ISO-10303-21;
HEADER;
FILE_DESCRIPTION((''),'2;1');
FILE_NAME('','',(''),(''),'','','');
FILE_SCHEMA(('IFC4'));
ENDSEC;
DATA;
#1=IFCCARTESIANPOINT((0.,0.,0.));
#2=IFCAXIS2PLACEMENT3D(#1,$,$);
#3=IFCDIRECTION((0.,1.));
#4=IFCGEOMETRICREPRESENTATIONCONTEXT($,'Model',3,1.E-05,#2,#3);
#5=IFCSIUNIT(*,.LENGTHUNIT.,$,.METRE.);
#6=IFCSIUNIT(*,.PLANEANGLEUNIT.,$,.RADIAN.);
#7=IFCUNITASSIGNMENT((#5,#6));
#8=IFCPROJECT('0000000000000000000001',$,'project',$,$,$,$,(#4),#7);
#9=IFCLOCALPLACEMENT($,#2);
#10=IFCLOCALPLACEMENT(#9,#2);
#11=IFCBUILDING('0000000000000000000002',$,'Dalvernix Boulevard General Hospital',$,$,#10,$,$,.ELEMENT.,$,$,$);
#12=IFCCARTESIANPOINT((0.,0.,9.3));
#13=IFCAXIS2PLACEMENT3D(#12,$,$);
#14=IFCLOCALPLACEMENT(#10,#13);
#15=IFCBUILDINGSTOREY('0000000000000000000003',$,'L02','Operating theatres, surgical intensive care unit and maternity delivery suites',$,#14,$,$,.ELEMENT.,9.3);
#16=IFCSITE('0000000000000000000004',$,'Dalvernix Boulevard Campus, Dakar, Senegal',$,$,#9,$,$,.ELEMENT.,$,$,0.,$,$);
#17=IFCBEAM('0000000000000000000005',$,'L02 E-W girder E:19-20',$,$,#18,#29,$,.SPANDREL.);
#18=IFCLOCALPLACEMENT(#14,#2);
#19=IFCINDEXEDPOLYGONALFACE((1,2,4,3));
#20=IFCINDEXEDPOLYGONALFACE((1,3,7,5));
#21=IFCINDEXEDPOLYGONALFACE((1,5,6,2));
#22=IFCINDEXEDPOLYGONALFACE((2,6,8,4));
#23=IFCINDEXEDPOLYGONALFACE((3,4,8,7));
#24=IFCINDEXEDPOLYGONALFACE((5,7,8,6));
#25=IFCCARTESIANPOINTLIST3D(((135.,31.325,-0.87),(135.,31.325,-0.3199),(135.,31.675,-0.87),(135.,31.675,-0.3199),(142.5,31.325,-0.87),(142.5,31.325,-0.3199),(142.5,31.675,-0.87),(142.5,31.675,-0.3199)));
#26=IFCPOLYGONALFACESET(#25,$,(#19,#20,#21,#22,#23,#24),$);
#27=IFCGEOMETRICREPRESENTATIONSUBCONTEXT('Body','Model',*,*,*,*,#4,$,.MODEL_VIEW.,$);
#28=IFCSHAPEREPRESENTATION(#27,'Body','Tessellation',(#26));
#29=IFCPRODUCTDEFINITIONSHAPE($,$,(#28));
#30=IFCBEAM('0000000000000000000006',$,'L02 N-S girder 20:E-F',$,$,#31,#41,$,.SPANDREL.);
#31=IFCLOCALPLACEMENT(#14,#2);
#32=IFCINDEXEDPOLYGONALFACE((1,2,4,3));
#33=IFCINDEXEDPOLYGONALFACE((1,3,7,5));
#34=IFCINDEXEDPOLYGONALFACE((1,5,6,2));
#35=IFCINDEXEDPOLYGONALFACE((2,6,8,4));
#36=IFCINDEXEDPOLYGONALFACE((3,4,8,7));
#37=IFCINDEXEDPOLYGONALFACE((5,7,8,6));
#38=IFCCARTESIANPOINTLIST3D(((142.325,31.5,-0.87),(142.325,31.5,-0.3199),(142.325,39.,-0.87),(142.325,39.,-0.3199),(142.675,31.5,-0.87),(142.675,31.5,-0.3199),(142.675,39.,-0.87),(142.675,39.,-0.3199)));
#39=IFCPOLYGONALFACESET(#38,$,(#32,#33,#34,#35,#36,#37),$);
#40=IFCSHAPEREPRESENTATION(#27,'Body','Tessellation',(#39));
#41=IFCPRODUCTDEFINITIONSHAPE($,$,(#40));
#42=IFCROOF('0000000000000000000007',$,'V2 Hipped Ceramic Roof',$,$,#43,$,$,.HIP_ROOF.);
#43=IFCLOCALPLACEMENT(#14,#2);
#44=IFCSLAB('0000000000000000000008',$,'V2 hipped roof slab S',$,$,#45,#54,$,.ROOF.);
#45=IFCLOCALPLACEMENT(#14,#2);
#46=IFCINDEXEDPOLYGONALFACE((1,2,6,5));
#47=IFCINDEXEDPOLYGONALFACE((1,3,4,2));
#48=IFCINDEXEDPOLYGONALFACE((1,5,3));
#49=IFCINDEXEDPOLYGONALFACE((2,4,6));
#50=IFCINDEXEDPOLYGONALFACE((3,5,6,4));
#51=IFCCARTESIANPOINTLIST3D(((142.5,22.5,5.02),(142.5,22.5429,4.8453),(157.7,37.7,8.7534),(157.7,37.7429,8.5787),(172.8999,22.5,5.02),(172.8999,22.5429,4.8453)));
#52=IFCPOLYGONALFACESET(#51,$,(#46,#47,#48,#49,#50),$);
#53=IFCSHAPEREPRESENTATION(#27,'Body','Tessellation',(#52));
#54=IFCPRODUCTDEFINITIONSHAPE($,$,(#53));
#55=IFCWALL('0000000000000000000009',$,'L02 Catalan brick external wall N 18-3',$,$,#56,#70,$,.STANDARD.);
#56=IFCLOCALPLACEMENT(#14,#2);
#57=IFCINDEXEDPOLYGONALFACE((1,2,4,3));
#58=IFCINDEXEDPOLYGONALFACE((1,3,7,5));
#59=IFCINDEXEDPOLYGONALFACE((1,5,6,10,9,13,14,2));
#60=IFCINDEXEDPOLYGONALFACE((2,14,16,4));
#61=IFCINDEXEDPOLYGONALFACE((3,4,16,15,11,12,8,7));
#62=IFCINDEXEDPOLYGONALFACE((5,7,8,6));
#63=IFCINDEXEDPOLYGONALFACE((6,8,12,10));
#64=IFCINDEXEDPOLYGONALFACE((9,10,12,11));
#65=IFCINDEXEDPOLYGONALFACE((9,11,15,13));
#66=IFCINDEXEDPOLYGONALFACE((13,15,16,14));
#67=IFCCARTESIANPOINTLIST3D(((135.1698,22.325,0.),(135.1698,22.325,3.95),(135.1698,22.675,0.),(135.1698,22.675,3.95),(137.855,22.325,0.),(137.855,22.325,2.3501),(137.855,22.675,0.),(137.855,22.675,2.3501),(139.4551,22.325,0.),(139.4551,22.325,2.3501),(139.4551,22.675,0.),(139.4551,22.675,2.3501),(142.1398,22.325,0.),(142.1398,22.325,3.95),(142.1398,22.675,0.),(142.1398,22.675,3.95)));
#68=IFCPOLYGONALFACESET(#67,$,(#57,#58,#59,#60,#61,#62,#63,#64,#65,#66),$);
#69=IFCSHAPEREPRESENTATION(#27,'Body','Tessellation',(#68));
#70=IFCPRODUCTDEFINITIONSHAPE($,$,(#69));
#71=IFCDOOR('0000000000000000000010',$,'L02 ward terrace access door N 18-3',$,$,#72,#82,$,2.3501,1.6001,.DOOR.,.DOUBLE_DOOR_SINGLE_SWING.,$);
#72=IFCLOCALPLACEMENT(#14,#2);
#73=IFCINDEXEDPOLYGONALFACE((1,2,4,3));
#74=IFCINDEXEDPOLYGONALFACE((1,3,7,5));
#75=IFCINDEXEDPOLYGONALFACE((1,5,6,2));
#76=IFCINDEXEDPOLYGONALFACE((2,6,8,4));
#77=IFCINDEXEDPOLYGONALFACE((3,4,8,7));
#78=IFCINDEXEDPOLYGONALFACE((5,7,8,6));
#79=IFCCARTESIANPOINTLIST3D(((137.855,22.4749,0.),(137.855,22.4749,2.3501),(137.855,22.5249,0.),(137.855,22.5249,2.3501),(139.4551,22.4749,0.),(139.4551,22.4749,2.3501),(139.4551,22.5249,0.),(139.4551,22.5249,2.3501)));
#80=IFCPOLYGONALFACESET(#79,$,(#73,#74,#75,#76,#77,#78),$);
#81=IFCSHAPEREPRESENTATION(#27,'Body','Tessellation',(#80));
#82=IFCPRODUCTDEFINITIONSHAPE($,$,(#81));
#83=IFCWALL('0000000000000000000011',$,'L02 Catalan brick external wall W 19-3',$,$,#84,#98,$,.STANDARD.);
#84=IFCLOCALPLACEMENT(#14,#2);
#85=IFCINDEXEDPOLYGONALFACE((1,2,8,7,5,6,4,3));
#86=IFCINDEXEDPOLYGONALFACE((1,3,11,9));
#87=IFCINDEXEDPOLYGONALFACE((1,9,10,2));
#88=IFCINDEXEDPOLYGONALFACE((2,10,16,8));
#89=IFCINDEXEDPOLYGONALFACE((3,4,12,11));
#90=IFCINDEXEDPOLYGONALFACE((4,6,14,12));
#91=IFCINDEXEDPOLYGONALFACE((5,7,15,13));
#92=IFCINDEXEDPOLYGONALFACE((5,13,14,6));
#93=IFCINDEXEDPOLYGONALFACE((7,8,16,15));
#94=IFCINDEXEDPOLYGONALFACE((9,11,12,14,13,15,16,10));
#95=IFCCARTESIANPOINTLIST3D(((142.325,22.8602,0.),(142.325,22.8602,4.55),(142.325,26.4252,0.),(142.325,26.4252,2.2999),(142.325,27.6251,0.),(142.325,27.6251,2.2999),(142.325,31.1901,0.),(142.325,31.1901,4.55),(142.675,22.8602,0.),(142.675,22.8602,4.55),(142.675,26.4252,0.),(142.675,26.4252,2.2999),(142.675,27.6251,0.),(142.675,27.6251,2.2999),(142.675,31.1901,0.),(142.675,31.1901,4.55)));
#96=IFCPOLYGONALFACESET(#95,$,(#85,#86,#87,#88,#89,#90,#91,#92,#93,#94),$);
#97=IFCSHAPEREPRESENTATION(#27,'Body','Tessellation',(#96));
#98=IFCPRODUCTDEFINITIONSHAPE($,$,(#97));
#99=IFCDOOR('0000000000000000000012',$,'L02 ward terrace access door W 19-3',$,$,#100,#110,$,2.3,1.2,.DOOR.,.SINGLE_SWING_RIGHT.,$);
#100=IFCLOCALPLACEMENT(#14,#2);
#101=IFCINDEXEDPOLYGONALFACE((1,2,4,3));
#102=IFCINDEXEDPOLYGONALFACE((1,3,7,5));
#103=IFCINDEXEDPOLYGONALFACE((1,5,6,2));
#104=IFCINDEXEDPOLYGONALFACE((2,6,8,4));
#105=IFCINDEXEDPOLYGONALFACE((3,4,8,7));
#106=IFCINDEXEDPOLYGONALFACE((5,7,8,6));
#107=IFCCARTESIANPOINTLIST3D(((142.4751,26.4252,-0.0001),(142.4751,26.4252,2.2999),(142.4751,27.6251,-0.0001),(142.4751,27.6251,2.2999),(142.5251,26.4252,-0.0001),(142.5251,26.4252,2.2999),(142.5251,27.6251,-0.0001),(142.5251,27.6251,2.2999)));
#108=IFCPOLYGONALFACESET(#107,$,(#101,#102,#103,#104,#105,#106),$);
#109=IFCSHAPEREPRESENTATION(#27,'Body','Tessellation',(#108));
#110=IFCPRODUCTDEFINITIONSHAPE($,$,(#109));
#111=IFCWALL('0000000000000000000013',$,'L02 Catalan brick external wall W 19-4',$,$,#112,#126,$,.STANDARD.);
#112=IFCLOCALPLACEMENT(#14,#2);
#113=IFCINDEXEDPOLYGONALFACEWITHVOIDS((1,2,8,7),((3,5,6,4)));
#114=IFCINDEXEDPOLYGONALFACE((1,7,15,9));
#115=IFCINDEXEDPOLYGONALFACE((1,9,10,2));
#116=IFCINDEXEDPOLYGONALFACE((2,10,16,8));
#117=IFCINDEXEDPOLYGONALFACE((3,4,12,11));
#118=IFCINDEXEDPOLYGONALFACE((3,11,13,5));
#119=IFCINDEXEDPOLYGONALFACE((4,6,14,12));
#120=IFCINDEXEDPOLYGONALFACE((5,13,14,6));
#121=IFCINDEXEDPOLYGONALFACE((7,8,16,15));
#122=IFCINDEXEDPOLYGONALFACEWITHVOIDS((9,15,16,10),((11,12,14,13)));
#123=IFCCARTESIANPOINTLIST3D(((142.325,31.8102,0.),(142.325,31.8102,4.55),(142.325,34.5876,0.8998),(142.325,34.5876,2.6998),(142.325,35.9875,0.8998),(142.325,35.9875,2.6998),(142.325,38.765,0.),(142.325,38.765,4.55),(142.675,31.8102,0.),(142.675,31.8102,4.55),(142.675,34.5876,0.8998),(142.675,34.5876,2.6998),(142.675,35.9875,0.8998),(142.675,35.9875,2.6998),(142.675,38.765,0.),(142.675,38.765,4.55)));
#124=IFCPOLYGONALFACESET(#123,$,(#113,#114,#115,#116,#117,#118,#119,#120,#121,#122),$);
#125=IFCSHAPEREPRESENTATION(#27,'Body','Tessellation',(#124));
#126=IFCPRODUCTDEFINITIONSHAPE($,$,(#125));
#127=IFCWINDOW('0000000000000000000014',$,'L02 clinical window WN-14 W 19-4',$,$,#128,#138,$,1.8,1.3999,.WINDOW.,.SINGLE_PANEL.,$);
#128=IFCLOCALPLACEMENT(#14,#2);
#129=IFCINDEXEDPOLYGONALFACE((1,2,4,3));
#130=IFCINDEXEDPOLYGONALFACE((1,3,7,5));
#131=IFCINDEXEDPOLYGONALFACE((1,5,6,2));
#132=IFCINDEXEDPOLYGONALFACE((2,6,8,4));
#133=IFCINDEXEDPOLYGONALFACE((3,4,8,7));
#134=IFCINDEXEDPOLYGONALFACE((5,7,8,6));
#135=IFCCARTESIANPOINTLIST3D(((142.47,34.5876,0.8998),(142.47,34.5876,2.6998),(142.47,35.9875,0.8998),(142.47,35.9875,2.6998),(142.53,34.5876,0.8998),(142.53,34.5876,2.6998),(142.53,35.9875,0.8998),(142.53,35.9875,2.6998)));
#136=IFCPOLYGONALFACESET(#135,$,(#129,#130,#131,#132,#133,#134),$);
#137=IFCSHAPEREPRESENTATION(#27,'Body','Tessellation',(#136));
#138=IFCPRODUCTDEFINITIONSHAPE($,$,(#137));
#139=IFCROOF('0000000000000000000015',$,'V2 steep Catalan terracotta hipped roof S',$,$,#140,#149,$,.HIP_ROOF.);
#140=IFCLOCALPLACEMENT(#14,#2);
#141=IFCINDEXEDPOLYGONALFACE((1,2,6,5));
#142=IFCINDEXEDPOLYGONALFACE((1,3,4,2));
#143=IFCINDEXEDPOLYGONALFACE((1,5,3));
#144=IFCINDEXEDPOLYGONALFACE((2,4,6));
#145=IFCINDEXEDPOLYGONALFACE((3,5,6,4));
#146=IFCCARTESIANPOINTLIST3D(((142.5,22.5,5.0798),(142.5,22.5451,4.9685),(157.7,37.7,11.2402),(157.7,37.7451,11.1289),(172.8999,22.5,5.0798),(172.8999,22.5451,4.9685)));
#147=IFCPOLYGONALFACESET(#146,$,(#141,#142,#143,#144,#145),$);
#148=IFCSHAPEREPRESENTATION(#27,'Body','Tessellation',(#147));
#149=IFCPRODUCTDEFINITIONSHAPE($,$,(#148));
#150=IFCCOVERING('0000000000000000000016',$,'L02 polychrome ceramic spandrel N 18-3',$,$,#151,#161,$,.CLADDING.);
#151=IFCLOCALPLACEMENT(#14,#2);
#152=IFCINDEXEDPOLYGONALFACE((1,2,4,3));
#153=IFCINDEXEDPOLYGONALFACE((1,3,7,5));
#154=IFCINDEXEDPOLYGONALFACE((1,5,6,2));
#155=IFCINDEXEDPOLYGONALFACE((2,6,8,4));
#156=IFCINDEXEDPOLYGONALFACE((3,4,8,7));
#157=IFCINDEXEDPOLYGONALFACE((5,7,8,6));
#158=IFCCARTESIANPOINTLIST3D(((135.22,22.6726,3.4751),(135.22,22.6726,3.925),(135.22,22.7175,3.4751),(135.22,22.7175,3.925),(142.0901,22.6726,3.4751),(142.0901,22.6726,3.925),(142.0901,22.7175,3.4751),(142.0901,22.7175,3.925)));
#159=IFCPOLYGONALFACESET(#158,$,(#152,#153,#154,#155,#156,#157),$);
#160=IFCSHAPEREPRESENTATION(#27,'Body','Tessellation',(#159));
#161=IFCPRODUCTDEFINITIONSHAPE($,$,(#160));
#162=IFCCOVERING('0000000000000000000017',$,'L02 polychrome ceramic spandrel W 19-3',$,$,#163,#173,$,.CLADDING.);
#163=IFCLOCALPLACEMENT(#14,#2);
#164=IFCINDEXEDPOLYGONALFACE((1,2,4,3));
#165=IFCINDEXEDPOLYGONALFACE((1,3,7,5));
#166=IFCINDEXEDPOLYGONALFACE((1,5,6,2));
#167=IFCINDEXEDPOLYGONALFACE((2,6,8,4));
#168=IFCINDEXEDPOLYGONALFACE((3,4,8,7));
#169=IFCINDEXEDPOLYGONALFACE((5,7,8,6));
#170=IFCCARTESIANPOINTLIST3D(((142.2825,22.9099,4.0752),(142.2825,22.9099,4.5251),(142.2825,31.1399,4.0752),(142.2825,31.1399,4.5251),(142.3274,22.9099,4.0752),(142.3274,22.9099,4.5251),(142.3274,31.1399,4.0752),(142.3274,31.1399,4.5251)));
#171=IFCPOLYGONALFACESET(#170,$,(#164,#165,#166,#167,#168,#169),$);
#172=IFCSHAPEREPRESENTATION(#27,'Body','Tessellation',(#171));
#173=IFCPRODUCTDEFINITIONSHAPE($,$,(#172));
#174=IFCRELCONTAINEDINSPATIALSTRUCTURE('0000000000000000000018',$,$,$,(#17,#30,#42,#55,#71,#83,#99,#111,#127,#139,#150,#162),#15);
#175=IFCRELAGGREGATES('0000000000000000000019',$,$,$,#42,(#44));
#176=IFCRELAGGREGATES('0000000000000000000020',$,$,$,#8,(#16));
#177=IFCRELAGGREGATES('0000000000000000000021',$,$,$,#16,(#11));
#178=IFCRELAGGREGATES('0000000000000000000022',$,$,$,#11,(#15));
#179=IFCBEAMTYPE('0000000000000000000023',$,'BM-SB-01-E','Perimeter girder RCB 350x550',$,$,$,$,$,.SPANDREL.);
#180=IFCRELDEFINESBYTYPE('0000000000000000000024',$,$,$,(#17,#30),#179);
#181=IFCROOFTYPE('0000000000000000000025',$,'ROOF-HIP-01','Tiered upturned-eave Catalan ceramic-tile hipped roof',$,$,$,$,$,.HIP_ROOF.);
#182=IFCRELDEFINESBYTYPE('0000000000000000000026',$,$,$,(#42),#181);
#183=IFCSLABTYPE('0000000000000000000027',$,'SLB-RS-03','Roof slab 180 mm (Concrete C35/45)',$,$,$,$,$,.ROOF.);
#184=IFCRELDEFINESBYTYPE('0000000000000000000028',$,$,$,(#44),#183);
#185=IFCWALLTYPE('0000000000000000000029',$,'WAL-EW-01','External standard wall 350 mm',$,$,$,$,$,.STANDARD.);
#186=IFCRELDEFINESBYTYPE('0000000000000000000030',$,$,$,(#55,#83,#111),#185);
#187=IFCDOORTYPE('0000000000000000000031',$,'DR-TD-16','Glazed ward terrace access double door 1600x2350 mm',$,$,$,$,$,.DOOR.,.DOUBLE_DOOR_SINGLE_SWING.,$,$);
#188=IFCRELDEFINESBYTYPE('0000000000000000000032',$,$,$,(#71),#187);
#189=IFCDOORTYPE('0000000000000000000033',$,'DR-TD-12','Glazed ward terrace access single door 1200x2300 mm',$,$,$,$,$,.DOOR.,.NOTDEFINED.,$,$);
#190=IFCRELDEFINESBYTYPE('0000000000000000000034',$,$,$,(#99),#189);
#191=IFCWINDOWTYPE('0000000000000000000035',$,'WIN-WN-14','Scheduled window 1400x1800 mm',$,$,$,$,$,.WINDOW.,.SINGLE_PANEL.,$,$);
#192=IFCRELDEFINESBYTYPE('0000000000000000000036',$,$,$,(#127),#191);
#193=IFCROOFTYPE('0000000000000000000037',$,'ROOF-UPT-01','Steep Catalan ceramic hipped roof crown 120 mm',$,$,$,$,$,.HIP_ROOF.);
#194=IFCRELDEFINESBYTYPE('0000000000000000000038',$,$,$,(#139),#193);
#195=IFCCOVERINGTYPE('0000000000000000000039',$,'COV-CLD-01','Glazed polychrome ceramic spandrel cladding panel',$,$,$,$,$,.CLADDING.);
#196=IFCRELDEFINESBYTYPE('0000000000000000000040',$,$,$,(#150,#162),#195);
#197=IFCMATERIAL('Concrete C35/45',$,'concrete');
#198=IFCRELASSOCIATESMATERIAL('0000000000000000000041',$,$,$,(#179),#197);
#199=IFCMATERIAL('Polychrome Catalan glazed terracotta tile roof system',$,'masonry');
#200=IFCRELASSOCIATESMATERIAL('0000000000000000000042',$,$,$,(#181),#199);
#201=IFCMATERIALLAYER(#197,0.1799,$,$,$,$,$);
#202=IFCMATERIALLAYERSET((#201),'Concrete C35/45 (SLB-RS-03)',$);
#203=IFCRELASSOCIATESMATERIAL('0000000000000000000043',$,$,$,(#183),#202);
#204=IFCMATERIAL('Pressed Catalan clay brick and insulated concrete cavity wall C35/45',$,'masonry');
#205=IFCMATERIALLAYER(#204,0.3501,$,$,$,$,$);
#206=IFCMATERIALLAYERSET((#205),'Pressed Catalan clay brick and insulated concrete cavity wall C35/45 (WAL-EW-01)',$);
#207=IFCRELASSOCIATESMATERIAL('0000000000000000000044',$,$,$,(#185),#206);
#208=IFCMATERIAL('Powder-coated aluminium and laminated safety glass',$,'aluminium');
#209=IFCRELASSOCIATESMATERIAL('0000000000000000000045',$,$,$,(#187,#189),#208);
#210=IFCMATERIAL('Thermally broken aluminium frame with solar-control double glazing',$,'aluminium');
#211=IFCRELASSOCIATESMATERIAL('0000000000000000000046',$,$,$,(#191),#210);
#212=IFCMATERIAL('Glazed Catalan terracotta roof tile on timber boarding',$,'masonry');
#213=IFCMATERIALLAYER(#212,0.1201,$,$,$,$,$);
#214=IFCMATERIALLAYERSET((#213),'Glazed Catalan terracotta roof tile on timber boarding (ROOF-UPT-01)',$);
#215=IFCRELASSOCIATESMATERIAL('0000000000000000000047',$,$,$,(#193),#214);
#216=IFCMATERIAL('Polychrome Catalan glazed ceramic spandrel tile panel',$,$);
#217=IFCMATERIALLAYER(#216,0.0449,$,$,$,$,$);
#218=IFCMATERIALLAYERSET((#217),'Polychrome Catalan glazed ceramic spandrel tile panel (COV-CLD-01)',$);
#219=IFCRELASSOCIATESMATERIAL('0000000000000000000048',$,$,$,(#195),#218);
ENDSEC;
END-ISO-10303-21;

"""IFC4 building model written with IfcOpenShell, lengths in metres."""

from ifc_helpers import new_model, si_unit, direction, frame, frame_2d, origin, origin_2d, place, context, subcontext, project, spatial, polyline, rectangle, outline, extrude, material, layer, layer_set, material_profile, profile_set, type_object, element, fill, aggregate, save


model = new_model("IFC4")

# Units and contexts
model_context = context("Model", 3, precision=1e-05, world=origin(), true_north=direction((0.0, 1.0)))
body_context = subcontext(model_context, "Body", "Model", "MODEL_VIEW")
ifc_project = project(units=[si_unit("LENGTHUNIT", "METRE"), si_unit("PLANEANGLEUNIT", "RADIAN")], contexts=[model_context])

# Site, building, storey
site_placement = place(None, origin())
site = spatial("IfcSite", under=ifc_project, at=site_placement, Name="Dalvernix Boulevard Campus, Dakar, Senegal", CompositionType="ELEMENT", RefElevation=0.0)
building_placement = place(site_placement, origin())
building = spatial("IfcBuilding", under=site, at=building_placement, Name="Dalvernix Boulevard General Hospital", CompositionType="ELEMENT")
storey_placement = place(building_placement, frame((0.0, 0.0, 9.3)))
storey = spatial("IfcBuildingStorey", under=building, at=storey_placement, Name="L02", Description="Operating theatres, surgical intensive care unit and maternity delivery suites", CompositionType="ELEMENT", Elevation=9.3)

# Beams
ifc_material_1 = material(Name="Concrete C35/45", Category="concrete")
ifc_material_profile_1 = material_profile(ifc_material_1, rectangle(XDim=0.3501, YDim=0.55, at=origin_2d()), Name="RCB 350x550")
ifc_profile_set_1 = profile_set([ifc_material_profile_1], Name="Concrete C35/45")
beam_type_1 = type_object("IfcBeamType", Name="BM-SB-01-E", Description="Perimeter girder RCB 350x550", PredefinedType="SPANDREL", material=ifc_profile_set_1)
for number, where, z_axis, x_axis, name in (
    (1, (135.0, 31.5, -0.595), (1.0, 0.0, 0.0), (0.0, 1.0, 0.0), "L02 E-W girder E:19-20"),
    (2, (142.5, 31.5, -0.595), (0.0, 1.0, 0.0), (-1.0, 0.0, 0.0), "L02 N-S girder 20:E-F"),
):
    element("IfcBeam", number, at=place(storey_placement, frame(where, z_axis=z_axis, x_axis=x_axis)), inside=storey, type_object=beam_type_1, Name=name, PredefinedType="SPANDREL", context=body_context, shape_type="SweptSolid", body=[
        extrude(rectangle(XDim=0.3501, YDim=0.55, at=origin_2d()), origin(), (0.0, 0.0, 1.0), 7.5),
    ])

# Roof, slab
ifc_material_2 = material(Name="Polychrome Catalan glazed terracotta tile roof system", Category="masonry")
roof_type_1 = type_object("IfcRoofType", Name="ROOF-HIP-01", Description="Tiered upturned-eave Catalan ceramic-tile hipped roof", PredefinedType="HIP_ROOF", material=ifc_material_2)
roof_1_placement = place(storey_placement, origin())
roof_1 = element("IfcRoof", 3, at=roof_1_placement, inside=storey, type_object=roof_type_1, Name="V2 Hipped Ceramic Roof", PredefinedType="HIP_ROOF")
ifc_layer_1 = layer(ifc_material_1, 0.1799)
ifc_layer_set_1 = layer_set([ifc_layer_1], Name="Concrete C35/45 (SLB-RS-03)")
slab_type = type_object("IfcSlabType", Name="SLB-RS-03", Description="Roof slab 180 mm (Concrete C35/45)", PredefinedType="ROOF", material=ifc_layer_set_1)
slab_placement = place(storey_placement, frame((142.5, 22.5, 5.02), z_axis=(0.0, -0.238529, 0.971135), x_axis=(1.0, 0.0, 0.0)))
slab = element("IfcSlab", 4, at=slab_placement, type_object=slab_type, Name="V2 hipped roof slab S", PredefinedType="ROOF", context=body_context, shape_type="SweptSolid", body=[
    extrude(outline(polyline([(0.0, 0.0), (30.3999, 0.0), (15.2, 15.6517), (0.0, 0.0)])), origin(), (0.0, 0.0, -1.0), 0.1799),
])
aggregate(roof_1, [slab])

# Walls, openings, doors
ifc_material_3 = material(Name="Pressed Catalan clay brick and insulated concrete cavity wall C35/45", Category="masonry")
ifc_layer_2 = layer(ifc_material_3, 0.3501)
ifc_layer_set_2 = layer_set([ifc_layer_2], Name="Pressed Catalan clay brick and insulated concrete cavity wall C35/45 (WAL-EW-01)")
wall_type = type_object("IfcWallType", Name="WAL-EW-01", Description="External standard wall 350 mm", PredefinedType="STANDARD", material=ifc_layer_set_2)
wall_1_placement = place(storey_placement, frame((135.1699, 22.5, 0.0), z_axis=(0.0, 0.0, 1.0), x_axis=(1.0, 0.0, 0.0)))
wall_1 = element("IfcWall", 5, at=wall_1_placement, inside=storey, type_object=wall_type, Name="L02 Catalan brick external wall N 18-3", PredefinedType="STANDARD", context=body_context, shape_type="SweptSolid", body=[
    extrude(rectangle(XDim=6.97, YDim=0.3501, at=frame_2d((3.4849, 0.0))), origin(), (0.0, 0.0, 1.0), 3.95),
])
opening_1_placement = place(wall_1_placement, frame((2.6851, 0.0, 0.0)))
opening_1 = element("IfcOpeningElement", 6, at=opening_1_placement, cuts=wall_1, PredefinedType="OPENING", context=body_context, shape_type="SweptSolid", body=[
    extrude(rectangle(XDim=1.6001, YDim=2.3501, at=frame_2d((0.8, 1.175))), frame((0.0, 0.1851, 0.0), z_axis=(0.0, -1.0, 0.0), x_axis=(1.0, 0.0, 0.0)), (0.0, 0.0, 1.0), 0.3701),
])
ifc_material_4 = material(Name="Powder-coated aluminium and laminated safety glass", Category="aluminium")
door_type_1 = type_object("IfcDoorType", Name="DR-TD-16", Description="Glazed ward terrace access double door 1600x2350 mm", OperationType="DOUBLE_DOOR_SINGLE_SWING", PredefinedType="DOOR", material=ifc_material_4)
door_1_placement = place(opening_1_placement, origin())
door_1 = element("IfcDoor", 7, at=door_1_placement, inside=storey, type_object=door_type_1, Name="L02 ward terrace access door N 18-3", OperationType="DOUBLE_DOOR_SINGLE_SWING", OverallHeight=2.3501, OverallWidth=1.6001, PredefinedType="DOOR", context=body_context, shape_type="SweptSolid", body=[
    extrude(rectangle(XDim=1.6001, YDim=2.3501, at=frame_2d((0.8, 1.175))), frame((0.0, 0.0249, 0.0), z_axis=(0.0, -1.0, 0.0), x_axis=(1.0, 0.0, 0.0)), (0.0, 0.0, 1.0), 0.05),
])
fill(opening_1, door_1)
wall_2_placement = place(storey_placement, frame((142.5, 22.8601, 0.0), z_axis=(0.0, 0.0, 1.0), x_axis=(0.0, 1.0, 0.0)))
wall_2 = element("IfcWall", 8, at=wall_2_placement, inside=storey, type_object=wall_type, Name="L02 Catalan brick external wall W 19-3", PredefinedType="STANDARD", context=body_context, shape_type="SweptSolid", body=[
    extrude(rectangle(XDim=8.3298, YDim=0.3501, at=frame_2d((4.165, 0.0))), origin(), (0.0, 0.0, 1.0), 4.55),
])
opening_2_placement = place(wall_2_placement, frame((3.5649, 0.0, 0.0)))
opening_2 = element("IfcOpeningElement", 9, at=opening_2_placement, cuts=wall_2, PredefinedType="OPENING", context=body_context, shape_type="SweptSolid", body=[
    extrude(rectangle(XDim=1.2, YDim=2.3, at=frame_2d((0.6001, 1.1499))), frame((0.0, 0.1851, 0.0), z_axis=(0.0, -1.0, 0.0), x_axis=(1.0, 0.0, 0.0)), (0.0, 0.0, 1.0), 0.3701),
])
door_type_2 = type_object("IfcDoorType", Name="DR-TD-12", Description="Glazed ward terrace access single door 1200x2300 mm", OperationType="NOTDEFINED", PredefinedType="DOOR", material=ifc_material_4)
door_2_placement = place(opening_2_placement, origin())
door_2 = element("IfcDoor", 10, at=door_2_placement, inside=storey, type_object=door_type_2, Name="L02 ward terrace access door W 19-3", OperationType="SINGLE_SWING_RIGHT", OverallHeight=2.3, OverallWidth=1.2, PredefinedType="DOOR", context=body_context, shape_type="SweptSolid", body=[
    extrude(rectangle(XDim=1.2, YDim=2.3, at=frame_2d((0.6001, 1.1499))), frame((0.0, 0.0249, 0.0), z_axis=(0.0, -1.0, 0.0), x_axis=(1.0, 0.0, 0.0)), (0.0, 0.0, 1.0), 0.05),
])
fill(opening_2, door_2)

# Wall, opening, window
wall_3_placement = place(storey_placement, frame((142.5, 31.8101, 0.0), z_axis=(0.0, 0.0, 1.0), x_axis=(0.0, 1.0, 0.0)))
wall_3 = element("IfcWall", 11, at=wall_3_placement, inside=storey, type_object=wall_type, Name="L02 Catalan brick external wall W 19-4", PredefinedType="STANDARD", context=body_context, shape_type="SweptSolid", body=[
    extrude(rectangle(XDim=6.9548, YDim=0.3501, at=frame_2d((3.4775, 0.0))), origin(), (0.0, 0.0, 1.0), 4.55),
])
opening_3_placement = place(wall_3_placement, frame((2.7776, 0.0, 0.8999)))
opening_3 = element("IfcOpeningElement", 12, at=opening_3_placement, cuts=wall_3, PredefinedType="OPENING", context=body_context, shape_type="SweptSolid", body=[
    extrude(rectangle(XDim=1.3999, YDim=1.8, at=frame_2d((0.7, 0.8999))), frame((0.0, 0.1851, 0.0), z_axis=(0.0, -1.0, 0.0), x_axis=(1.0, 0.0, 0.0)), (0.0, 0.0, 1.0), 0.3701),
])
ifc_material_5 = material(Name="Thermally broken aluminium frame with solar-control double glazing", Category="aluminium")
window_type = type_object("IfcWindowType", Name="WIN-WN-14", Description="Scheduled window 1400x1800 mm", PartitioningType="SINGLE_PANEL", PredefinedType="WINDOW", material=ifc_material_5)
window_placement = place(opening_3_placement, origin())
window = element("IfcWindow", 13, at=window_placement, inside=storey, type_object=window_type, Name="L02 clinical window WN-14 W 19-4", OverallHeight=1.8, OverallWidth=1.3999, PartitioningType="SINGLE_PANEL", PredefinedType="WINDOW", context=body_context, shape_type="SweptSolid", body=[
    extrude(rectangle(XDim=1.3999, YDim=1.8, at=frame_2d((0.7, 0.8999))), frame((0.0, 0.03, 0.0), z_axis=(0.0, -1.0, 0.0), x_axis=(1.0, 0.0, 0.0)), (0.0, 0.0, 1.0), 0.0601),
])
fill(opening_3, window)

# Roof
ifc_material_6 = material(Name="Glazed Catalan terracotta roof tile on timber boarding", Category="masonry")
ifc_layer_3 = layer(ifc_material_6, 0.1201)
ifc_layer_set_3 = layer_set([ifc_layer_3], Name="Glazed Catalan terracotta roof tile on timber boarding (ROOF-UPT-01)")
roof_type_2 = type_object("IfcRoofType", Name="ROOF-UPT-01", Description="Steep Catalan ceramic hipped roof crown 120 mm", PredefinedType="HIP_ROOF", material=ifc_layer_set_3)
roof_2_placement = place(storey_placement, frame((142.5, 22.5, 5.0798), z_axis=(0.0, -0.375614, 0.926776), x_axis=(1.0, 0.0, 0.0)))
element("IfcRoof", 14, at=roof_2_placement, inside=storey, type_object=roof_type_2, Name="V2 steep Catalan terracotta hipped roof S", PredefinedType="HIP_ROOF", context=body_context, shape_type="SweptSolid", body=[
    extrude(outline(polyline([(0.0, 0.0), (30.3999, 0.0), (15.2, 16.4009), (0.0, 0.0)])), origin(), (0.0, 0.0, -1.0), 0.1201),
])

# Coverings
ifc_material_7 = material(Name="Polychrome Catalan glazed ceramic spandrel tile panel")
ifc_layer_4 = layer(ifc_material_7, 0.0449)
ifc_layer_set_4 = layer_set([ifc_layer_4], Name="Polychrome Catalan glazed ceramic spandrel tile panel (COV-CLD-01)")
covering_type_1 = type_object("IfcCoveringType", Name="COV-CLD-01", Description="Glazed polychrome ceramic spandrel cladding panel", PredefinedType="CLADDING", material=ifc_layer_set_4)
covering_1_placement = place(storey_placement, frame((138.655, 22.6951, 3.4751), z_axis=(0.0, 0.0, 1.0), x_axis=(1.0, 0.0, 0.0)))
element("IfcCovering", 15, at=covering_1_placement, inside=storey, type_object=covering_type_1, Name="L02 polychrome ceramic spandrel N 18-3", PredefinedType="CLADDING", context=body_context, shape_type="SweptSolid", body=[
    extrude(rectangle(XDim=6.8701, YDim=0.0449, at=origin_2d()), origin(), (0.0, 0.0, 1.0), 0.45),
])
covering_2_placement = place(storey_placement, frame((142.3049, 27.0249, 4.0752), z_axis=(0.0, 0.0, 1.0), x_axis=(0.0, 1.0, 0.0)))
element("IfcCovering", 16, at=covering_2_placement, inside=storey, type_object=covering_type_1, Name="L02 polychrome ceramic spandrel W 19-3", PredefinedType="CLADDING", context=body_context, shape_type="SweptSolid", body=[
    extrude(rectangle(XDim=8.23, YDim=0.0449, at=origin_2d()), origin(), (0.0, 0.0, 1.0), 0.45),
])

save(model, "model.ifc")
